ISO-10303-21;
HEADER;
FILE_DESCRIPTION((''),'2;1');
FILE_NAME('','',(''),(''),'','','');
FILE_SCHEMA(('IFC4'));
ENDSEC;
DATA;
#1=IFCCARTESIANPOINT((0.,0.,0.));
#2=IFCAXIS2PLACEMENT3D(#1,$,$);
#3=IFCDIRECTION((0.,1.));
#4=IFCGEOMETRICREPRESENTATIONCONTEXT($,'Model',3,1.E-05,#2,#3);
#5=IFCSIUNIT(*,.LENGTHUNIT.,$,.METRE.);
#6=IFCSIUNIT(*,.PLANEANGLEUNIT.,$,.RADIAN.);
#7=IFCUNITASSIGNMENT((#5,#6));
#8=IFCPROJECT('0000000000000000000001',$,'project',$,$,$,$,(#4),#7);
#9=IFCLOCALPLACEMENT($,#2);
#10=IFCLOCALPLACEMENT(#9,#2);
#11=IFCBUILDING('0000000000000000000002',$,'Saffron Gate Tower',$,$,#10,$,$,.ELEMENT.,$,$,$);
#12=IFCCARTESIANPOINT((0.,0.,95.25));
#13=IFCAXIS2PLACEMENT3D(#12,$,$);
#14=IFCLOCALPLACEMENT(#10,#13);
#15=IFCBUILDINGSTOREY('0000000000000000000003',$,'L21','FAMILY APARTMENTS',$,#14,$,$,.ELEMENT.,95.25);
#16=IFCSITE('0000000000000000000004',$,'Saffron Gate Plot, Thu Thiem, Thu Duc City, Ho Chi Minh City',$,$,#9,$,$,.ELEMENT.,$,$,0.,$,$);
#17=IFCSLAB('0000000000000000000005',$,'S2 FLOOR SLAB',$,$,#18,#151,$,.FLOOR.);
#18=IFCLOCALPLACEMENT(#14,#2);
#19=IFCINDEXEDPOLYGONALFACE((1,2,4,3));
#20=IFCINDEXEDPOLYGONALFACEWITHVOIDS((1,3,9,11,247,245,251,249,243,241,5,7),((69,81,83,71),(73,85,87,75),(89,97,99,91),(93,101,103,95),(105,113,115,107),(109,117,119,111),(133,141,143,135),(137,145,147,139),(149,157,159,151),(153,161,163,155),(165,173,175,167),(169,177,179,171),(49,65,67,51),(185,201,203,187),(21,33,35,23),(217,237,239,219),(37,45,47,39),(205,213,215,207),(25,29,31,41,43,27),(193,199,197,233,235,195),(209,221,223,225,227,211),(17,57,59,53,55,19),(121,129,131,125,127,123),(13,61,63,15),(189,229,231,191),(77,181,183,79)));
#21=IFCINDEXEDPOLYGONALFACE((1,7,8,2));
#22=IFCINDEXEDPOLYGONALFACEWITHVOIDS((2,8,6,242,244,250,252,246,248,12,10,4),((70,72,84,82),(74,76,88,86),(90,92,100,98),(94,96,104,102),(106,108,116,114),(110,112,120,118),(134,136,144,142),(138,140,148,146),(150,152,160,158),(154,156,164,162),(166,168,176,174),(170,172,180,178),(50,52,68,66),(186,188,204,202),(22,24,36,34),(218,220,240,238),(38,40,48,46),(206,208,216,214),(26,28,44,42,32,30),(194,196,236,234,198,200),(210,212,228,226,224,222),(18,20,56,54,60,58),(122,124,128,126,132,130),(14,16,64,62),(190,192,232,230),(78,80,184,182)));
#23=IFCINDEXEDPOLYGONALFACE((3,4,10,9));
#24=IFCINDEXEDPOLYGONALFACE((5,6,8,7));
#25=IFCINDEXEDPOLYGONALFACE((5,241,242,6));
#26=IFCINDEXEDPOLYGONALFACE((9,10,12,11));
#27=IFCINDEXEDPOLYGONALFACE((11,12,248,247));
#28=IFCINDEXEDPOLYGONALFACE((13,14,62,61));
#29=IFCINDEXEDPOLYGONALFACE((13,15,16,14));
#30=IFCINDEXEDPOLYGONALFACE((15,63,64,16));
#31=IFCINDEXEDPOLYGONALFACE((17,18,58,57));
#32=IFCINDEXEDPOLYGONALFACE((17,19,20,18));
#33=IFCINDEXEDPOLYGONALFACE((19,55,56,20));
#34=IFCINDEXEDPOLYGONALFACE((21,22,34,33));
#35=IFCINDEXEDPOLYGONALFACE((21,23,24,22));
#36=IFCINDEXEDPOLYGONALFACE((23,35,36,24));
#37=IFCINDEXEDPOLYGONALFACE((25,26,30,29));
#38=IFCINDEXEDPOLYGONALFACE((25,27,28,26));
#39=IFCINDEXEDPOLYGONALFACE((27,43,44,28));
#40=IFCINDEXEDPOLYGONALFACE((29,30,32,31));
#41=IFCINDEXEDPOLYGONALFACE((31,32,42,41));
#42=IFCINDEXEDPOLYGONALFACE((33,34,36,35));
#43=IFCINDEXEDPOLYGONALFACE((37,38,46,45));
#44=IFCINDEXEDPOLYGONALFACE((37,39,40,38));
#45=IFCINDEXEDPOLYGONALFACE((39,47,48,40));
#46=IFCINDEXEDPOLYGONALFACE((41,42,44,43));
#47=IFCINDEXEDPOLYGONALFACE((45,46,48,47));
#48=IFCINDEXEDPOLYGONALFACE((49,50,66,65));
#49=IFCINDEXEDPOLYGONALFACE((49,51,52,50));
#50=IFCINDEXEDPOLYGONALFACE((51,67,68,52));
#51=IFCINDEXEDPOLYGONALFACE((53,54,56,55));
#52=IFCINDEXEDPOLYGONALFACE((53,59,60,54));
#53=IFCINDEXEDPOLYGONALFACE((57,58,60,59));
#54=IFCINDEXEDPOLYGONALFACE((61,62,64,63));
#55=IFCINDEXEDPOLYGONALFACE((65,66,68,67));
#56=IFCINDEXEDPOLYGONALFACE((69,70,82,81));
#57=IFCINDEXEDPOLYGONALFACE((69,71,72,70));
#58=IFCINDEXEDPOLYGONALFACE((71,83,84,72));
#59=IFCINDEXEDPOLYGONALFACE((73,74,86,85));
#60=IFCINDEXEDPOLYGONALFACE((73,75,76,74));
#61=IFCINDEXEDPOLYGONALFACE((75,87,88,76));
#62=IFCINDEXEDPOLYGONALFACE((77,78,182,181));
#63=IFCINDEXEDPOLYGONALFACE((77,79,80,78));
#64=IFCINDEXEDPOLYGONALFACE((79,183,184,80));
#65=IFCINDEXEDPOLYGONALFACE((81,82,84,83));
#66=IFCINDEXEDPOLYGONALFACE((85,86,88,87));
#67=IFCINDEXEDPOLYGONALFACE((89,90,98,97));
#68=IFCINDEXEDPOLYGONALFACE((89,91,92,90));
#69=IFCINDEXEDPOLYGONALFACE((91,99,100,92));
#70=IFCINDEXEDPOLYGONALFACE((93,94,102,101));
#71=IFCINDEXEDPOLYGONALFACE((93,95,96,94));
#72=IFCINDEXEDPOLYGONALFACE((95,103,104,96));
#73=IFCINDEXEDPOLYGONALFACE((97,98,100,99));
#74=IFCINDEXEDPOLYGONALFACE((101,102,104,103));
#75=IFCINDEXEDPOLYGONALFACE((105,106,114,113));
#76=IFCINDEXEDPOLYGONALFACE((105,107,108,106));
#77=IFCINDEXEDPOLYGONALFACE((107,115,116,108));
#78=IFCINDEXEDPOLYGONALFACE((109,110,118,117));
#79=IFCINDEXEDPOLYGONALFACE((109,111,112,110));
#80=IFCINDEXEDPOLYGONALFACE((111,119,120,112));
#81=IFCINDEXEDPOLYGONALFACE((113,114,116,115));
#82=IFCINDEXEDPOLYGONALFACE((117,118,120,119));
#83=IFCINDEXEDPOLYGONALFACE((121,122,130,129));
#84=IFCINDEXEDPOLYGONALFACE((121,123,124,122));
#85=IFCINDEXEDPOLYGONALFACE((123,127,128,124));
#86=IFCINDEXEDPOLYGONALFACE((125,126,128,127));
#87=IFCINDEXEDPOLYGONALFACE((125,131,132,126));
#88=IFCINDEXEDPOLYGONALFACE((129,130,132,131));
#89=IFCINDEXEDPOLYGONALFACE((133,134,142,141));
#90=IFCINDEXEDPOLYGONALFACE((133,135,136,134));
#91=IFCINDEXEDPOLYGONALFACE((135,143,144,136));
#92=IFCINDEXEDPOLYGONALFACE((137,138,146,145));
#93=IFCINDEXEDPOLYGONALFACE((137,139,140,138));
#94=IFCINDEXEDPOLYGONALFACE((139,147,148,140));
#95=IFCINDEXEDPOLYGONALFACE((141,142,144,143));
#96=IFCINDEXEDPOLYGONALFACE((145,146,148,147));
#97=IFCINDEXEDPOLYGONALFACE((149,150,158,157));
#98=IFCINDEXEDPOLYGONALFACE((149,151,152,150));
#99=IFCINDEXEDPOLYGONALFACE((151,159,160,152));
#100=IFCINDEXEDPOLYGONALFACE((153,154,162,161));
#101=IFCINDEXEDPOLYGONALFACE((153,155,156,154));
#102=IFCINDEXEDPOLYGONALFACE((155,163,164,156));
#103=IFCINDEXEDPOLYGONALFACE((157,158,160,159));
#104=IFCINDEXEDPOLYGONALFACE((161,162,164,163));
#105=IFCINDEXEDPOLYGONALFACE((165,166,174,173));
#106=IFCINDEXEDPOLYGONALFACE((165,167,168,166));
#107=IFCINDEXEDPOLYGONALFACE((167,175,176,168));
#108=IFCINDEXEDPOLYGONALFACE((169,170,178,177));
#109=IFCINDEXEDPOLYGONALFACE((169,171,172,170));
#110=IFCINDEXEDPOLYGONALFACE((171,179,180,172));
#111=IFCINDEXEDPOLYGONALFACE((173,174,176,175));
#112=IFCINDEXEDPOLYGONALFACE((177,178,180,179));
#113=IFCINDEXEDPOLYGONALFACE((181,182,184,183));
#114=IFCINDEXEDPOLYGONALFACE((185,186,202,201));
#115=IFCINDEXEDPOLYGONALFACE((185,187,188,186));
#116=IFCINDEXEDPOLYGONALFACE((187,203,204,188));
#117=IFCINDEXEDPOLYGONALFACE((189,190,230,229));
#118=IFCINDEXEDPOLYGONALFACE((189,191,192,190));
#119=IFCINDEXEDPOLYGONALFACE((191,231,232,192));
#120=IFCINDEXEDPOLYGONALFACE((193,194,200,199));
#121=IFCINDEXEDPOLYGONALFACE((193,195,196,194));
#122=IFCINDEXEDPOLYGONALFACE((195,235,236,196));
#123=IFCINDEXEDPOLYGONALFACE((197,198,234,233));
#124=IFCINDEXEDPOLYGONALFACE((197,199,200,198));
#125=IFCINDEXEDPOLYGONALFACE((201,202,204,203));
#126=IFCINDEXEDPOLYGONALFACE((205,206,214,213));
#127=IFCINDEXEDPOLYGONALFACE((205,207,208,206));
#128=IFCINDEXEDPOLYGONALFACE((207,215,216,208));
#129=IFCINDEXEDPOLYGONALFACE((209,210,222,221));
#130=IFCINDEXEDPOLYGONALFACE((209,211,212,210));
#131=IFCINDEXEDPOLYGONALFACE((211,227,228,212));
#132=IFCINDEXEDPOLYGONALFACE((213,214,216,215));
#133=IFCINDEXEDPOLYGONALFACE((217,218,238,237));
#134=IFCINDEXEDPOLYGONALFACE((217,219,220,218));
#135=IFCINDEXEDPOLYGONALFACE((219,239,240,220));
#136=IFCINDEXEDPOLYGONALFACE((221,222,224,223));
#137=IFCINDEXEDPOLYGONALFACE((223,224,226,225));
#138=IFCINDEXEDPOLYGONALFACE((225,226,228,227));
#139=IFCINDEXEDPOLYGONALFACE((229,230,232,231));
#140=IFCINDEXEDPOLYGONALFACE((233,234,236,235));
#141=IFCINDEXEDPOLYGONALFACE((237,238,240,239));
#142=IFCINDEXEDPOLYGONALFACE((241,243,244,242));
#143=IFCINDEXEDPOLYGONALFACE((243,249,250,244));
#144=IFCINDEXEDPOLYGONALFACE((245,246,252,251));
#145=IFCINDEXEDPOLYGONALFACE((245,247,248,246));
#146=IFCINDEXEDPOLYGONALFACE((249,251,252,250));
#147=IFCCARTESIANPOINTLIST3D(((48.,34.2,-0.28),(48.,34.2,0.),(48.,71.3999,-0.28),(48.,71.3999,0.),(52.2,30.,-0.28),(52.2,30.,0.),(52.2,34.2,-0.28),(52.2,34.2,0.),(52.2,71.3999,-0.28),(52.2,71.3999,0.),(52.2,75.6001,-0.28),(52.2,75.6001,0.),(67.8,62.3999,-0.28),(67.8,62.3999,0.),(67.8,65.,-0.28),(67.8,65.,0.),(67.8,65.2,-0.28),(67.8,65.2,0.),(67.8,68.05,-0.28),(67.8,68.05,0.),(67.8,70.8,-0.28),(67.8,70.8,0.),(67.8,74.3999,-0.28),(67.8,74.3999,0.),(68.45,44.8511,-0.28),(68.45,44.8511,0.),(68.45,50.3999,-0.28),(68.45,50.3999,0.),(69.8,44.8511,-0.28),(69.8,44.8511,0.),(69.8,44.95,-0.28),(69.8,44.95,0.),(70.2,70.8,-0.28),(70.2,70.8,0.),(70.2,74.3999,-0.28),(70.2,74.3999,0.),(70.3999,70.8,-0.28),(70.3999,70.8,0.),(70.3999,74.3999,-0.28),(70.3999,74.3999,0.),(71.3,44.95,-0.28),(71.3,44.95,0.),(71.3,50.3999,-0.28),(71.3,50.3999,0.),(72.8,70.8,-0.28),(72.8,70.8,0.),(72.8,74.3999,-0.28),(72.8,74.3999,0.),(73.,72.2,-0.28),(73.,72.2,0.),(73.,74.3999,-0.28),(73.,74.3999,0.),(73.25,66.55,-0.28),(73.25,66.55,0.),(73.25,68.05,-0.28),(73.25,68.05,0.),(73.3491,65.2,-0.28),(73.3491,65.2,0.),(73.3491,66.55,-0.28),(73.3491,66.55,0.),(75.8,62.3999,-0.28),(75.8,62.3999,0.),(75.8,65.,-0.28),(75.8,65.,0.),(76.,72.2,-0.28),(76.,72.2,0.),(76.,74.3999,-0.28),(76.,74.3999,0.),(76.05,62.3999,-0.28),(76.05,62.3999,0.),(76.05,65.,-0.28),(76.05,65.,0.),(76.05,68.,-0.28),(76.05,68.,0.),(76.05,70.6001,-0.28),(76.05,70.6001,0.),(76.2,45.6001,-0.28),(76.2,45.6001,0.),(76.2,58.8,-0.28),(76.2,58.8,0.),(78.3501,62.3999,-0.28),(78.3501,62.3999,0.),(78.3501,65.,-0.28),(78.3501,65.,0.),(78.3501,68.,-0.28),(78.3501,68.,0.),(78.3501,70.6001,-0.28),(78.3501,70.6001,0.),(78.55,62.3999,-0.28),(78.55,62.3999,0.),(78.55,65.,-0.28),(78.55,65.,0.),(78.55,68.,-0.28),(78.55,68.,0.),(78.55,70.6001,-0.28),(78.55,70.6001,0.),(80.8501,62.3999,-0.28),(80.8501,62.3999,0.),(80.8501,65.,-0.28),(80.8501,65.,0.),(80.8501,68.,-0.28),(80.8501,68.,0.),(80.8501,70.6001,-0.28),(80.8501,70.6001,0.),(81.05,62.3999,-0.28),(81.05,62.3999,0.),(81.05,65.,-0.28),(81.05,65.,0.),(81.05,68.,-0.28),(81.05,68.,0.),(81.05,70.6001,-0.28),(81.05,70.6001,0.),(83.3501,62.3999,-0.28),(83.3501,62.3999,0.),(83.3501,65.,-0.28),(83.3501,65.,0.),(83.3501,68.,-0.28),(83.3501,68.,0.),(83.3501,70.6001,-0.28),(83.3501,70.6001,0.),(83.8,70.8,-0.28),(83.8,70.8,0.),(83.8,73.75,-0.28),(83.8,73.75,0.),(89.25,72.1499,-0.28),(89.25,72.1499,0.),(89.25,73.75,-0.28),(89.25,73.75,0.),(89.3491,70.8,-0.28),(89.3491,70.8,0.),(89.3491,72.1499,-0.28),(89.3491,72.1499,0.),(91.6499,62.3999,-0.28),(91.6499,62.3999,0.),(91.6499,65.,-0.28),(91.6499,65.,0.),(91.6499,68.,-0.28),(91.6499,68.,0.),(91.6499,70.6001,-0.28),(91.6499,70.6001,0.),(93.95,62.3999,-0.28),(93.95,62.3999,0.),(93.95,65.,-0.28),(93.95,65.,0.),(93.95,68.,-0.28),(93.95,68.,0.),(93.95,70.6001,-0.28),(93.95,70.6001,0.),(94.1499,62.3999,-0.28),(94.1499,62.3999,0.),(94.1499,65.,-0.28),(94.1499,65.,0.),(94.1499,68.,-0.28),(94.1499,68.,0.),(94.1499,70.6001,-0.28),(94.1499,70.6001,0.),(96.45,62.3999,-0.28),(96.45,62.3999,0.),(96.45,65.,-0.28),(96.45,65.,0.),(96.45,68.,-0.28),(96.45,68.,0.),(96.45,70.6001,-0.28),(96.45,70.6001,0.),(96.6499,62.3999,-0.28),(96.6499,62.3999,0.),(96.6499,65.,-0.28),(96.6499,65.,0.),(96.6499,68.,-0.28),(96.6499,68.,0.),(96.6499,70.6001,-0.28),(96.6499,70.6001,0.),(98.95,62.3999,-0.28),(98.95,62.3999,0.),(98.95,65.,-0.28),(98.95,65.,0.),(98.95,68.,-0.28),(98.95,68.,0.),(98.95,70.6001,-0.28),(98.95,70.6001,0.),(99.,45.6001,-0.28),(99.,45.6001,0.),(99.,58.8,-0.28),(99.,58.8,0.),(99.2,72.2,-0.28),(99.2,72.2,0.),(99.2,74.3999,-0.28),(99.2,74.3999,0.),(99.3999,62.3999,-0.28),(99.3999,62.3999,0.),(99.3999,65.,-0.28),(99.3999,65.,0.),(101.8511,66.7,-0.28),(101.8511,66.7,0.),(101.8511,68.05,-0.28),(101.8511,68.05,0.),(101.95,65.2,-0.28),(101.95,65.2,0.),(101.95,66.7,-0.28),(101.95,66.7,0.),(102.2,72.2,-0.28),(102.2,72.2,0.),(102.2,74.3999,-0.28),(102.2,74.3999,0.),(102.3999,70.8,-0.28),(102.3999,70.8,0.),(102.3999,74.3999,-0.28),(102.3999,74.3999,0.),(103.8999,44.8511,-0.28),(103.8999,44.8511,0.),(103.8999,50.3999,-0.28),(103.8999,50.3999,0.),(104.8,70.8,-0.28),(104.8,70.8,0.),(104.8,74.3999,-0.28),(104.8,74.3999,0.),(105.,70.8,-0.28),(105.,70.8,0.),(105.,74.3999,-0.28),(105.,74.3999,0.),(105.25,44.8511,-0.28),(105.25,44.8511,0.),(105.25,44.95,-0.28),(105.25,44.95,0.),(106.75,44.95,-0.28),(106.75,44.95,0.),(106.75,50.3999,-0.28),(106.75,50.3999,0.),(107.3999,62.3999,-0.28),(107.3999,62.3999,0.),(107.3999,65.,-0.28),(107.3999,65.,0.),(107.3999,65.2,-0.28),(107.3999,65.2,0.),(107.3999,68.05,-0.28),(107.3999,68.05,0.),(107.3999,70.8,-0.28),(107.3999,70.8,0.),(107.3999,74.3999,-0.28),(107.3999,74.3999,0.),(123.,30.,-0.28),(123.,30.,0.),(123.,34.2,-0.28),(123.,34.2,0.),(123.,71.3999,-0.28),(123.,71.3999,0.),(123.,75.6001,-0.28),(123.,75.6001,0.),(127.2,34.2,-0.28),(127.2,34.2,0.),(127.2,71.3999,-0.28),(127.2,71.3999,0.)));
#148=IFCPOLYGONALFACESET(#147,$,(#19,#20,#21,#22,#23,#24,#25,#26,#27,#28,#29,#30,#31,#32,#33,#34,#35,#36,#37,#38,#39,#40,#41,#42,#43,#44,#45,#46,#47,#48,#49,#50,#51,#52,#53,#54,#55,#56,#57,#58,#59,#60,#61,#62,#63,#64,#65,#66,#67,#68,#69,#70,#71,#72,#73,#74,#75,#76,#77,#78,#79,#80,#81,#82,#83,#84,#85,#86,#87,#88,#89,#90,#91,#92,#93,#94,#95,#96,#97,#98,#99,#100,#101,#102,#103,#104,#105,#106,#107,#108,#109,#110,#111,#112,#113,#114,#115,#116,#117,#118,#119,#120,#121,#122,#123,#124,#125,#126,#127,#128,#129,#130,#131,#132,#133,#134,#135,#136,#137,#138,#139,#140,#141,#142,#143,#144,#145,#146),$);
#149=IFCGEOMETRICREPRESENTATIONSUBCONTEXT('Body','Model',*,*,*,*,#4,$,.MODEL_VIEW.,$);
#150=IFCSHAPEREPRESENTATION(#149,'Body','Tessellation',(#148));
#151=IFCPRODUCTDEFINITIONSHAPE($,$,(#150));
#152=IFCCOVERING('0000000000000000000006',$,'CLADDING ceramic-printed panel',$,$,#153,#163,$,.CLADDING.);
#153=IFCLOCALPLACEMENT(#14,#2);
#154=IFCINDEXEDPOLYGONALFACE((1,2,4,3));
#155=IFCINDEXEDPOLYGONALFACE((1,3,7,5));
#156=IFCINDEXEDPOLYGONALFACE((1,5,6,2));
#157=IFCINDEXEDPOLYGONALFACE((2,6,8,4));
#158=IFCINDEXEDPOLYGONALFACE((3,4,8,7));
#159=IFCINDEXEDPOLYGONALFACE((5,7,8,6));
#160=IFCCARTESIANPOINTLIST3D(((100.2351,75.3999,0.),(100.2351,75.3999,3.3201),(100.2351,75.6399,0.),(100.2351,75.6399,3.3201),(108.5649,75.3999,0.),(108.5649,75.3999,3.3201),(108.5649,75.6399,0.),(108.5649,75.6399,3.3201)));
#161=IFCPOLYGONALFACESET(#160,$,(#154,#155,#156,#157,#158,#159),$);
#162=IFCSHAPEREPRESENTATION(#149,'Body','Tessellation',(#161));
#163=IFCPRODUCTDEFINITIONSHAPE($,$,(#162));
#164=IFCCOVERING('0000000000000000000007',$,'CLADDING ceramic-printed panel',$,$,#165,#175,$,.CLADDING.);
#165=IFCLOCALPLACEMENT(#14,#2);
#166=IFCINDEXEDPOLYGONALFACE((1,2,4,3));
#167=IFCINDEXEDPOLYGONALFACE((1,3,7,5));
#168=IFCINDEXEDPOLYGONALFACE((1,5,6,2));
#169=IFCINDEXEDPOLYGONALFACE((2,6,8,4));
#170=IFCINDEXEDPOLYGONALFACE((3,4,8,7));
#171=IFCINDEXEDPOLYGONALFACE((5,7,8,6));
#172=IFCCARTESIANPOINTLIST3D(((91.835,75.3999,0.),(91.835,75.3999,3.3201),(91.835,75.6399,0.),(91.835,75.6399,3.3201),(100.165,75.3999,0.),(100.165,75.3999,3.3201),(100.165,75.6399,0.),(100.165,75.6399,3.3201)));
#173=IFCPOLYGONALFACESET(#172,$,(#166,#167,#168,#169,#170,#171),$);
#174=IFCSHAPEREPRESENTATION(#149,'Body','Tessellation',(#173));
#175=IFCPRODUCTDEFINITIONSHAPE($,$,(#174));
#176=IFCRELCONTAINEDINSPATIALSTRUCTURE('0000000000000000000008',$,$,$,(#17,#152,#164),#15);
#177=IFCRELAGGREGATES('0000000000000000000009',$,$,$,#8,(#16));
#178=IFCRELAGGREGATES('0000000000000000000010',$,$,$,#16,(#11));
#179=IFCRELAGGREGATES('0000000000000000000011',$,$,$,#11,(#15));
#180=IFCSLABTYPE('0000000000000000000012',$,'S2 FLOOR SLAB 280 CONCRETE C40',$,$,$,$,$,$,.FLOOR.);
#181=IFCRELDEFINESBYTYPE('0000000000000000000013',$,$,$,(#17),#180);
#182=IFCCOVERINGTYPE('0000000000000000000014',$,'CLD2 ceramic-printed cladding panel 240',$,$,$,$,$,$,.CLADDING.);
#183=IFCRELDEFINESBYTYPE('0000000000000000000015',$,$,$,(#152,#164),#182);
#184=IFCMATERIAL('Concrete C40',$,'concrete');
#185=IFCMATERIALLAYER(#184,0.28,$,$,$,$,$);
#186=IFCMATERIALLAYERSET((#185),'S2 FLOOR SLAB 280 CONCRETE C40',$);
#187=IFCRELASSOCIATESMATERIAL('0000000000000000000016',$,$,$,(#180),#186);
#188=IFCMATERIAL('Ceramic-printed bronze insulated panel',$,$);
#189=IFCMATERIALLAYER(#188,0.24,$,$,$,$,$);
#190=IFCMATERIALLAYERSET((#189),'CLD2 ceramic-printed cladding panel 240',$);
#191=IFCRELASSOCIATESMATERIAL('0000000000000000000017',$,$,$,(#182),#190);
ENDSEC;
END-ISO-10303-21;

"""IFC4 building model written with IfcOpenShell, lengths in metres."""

from ifc_helpers import new_model, si_unit, direction, frame, origin, place, context, subcontext, project, spatial, polyline, outline, extrude, material, layer, layer_set, type_object, element, save


model = new_model("IFC4")

# Units and contexts
model_context = context("Model", 3, precision=1e-05, world=origin(), true_north=direction((0.0, 1.0)))
body_context = subcontext(model_context, "Body", "Model", "MODEL_VIEW")
ifc_project = project(units=[si_unit("LENGTHUNIT", "METRE"), si_unit("PLANEANGLEUNIT", "RADIAN")], contexts=[model_context])

# Site, building, storey
site_placement = place(None, origin())
site = spatial("IfcSite", under=ifc_project, at=site_placement, Name="Saffron Gate Plot, Thu Thiem, Thu Duc City, Ho Chi Minh City", CompositionType="ELEMENT", RefElevation=0.0)
building_placement = place(site_placement, origin())
building = spatial("IfcBuilding", under=site, at=building_placement, Name="Saffron Gate Tower", CompositionType="ELEMENT")
storey_placement = place(building_placement, frame((0.0, 0.0, 95.25)))
storey = spatial("IfcBuildingStorey", under=building, at=storey_placement, Name="L21", Description="FAMILY APARTMENTS", CompositionType="ELEMENT", Elevation=95.25)

# Slab
ifc_material_1 = material(Name="Concrete C40", Category="concrete")
ifc_layer_1 = layer(ifc_material_1, 0.28)
ifc_layer_set_1 = layer_set([ifc_layer_1], Name="S2 FLOOR SLAB 280 CONCRETE C40")
slab_type = type_object("IfcSlabType", Name="S2 FLOOR SLAB 280 CONCRETE C40", PredefinedType="FLOOR", material=ifc_layer_set_1)
slab_placement = place(storey_placement, frame((0.0, 0.0, -0.28)))
element("IfcSlab", 1, at=slab_placement, inside=storey, type_object=slab_type, Name="S2 FLOOR SLAB", PredefinedType="FLOOR", context=body_context, shape_type="SweptSolid", body=[
    extrude(outline(polyline([(48.0, 34.2), (52.2, 34.2), (52.2, 30.0), (123.0, 30.0), (123.0, 34.2), (127.2, 34.2), (127.2, 71.3999), (123.0, 71.3999), (123.0, 75.6001), (52.2, 75.6001), (52.2, 71.3999), (48.0, 71.3999), (48.0, 34.2)]), holes=[polyline([(67.8, 62.3999), (67.8, 65.0), (75.8, 65.0), (75.8, 62.3999), (67.8, 62.3999)]), polyline([(67.8, 65.2), (67.8, 68.05), (73.25, 68.05), (73.25, 66.55), (73.3491, 66.55), (73.3491, 65.2), (67.8, 65.2)]), polyline([(67.8, 70.8), (67.8, 74.3999), (70.2, 74.3999), (70.2, 70.8), (67.8, 70.8)]), polyline([(68.45, 44.8511), (68.45, 50.3999), (71.3, 50.3999), (71.3, 44.95), (69.8, 44.95), (69.8, 44.8511), (68.45, 44.8511)]), polyline([(70.3999, 70.8), (70.3999, 74.3999), (72.8, 74.3999), (72.8, 70.8), (70.3999, 70.8)]), polyline([(73.0, 72.2), (73.0, 74.3999), (76.0, 74.3999), (76.0, 72.2), (73.0, 72.2)]), polyline([(76.05, 62.3999), (76.05, 65.0), (78.3501, 65.0), (78.3501, 62.3999), (76.05, 62.3999)]), polyline([(76.05, 68.0), (76.05, 70.6001), (78.3501, 70.6001), (78.3501, 68.0), (76.05, 68.0)]), polyline([(76.2, 45.6001), (76.2, 58.8), (99.0, 58.8), (99.0, 45.6001), (76.2, 45.6001)]), polyline([(78.55, 62.3999), (78.55, 65.0), (80.8501, 65.0), (80.8501, 62.3999), (78.55, 62.3999)]), polyline([(78.55, 68.0), (78.55, 70.6001), (80.8501, 70.6001), (80.8501, 68.0), (78.55, 68.0)]), polyline([(81.05, 62.3999), (81.05, 65.0), (83.3501, 65.0), (83.3501, 62.3999), (81.05, 62.3999)]), polyline([(81.05, 68.0), (81.05, 70.6001), (83.3501, 70.6001), (83.3501, 68.0), (81.05, 68.0)]), polyline([(83.8, 70.8), (83.8, 73.75), (89.25, 73.75), (89.25, 72.1499), (89.3491, 72.1499), (89.3491, 70.8), (83.8, 70.8)]), polyline([(91.6499, 62.3999), (91.6499, 65.0), (93.95, 65.0), (93.95, 62.3999), (91.6499, 62.3999)]), polyline([(91.6499, 68.0), (91.6499, 70.6001), (93.95, 70.6001), (93.95, 68.0), (91.6499, 68.0)]), polyline([(94.1499, 62.3999), (94.1499, 65.0), (96.45, 65.0), (96.45, 62.3999), (94.1499, 62.3999)]), polyline([(94.1499, 68.0), (94.1499, 70.6001), (96.45, 70.6001), (96.45, 68.0), (94.1499, 68.0)]), polyline([(96.6499, 62.3999), (96.6499, 65.0), (98.95, 65.0), (98.95, 62.3999), (96.6499, 62.3999)]), polyline([(96.6499, 68.0), (96.6499, 70.6001), (98.95, 70.6001), (98.95, 68.0), (96.6499, 68.0)]), polyline([(99.2, 72.2), (99.2, 74.3999), (102.2, 74.3999), (102.2, 72.2), (99.2, 72.2)]), polyline([(99.3999, 62.3999), (99.3999, 65.0), (107.3999, 65.0), (107.3999, 62.3999), (99.3999, 62.3999)]), polyline([(101.8511, 66.7), (101.8511, 68.05), (107.3999, 68.05), (107.3999, 65.2), (101.95, 65.2), (101.95, 66.7), (101.8511, 66.7)]), polyline([(102.3999, 70.8), (102.3999, 74.3999), (104.8, 74.3999), (104.8, 70.8), (102.3999, 70.8)]), polyline([(103.8999, 44.8511), (103.8999, 50.3999), (106.75, 50.3999), (106.75, 44.95), (105.25, 44.95), (105.25, 44.8511), (103.8999, 44.8511)]), polyline([(105.0, 70.8), (105.0, 74.3999), (107.3999, 74.3999), (107.3999, 70.8), (105.0, 70.8)])]), origin(), (0.0, 0.0, 1.0), 0.28),
])

# Coverings
ifc_material_2 = material(Name="Ceramic-printed bronze insulated panel")
ifc_layer_2 = layer(ifc_material_2, 0.24)
ifc_layer_set_2 = layer_set([ifc_layer_2], Name="CLD2 ceramic-printed cladding panel 240")
covering_type_1 = type_object("IfcCoveringType", Name="CLD2 ceramic-printed cladding panel 240", PredefinedType="CLADDING", material=ifc_layer_set_2)
covering_1_placement = place(storey_placement, origin())
element("IfcCovering", 2, at=covering_1_placement, inside=storey, type_object=covering_type_1, Name="CLADDING ceramic-printed panel", PredefinedType="CLADDING", context=body_context, shape_type="SweptSolid", body=[
    extrude(outline(polyline([(108.5649, 75.6399), (100.2351, 75.6399), (100.2351, 75.3999), (108.5649, 75.3999), (108.5649, 75.6399)])), origin(), (0.0, 0.0, 1.0), 3.3201),
])
covering_2_placement = place(storey_placement, origin())
element("IfcCovering", 3, at=covering_2_placement, inside=storey, type_object=covering_type_1, Name="CLADDING ceramic-printed panel", PredefinedType="CLADDING", context=body_context, shape_type="SweptSolid", body=[
    extrude(outline(polyline([(100.165, 75.6399), (91.835, 75.6399), (91.835, 75.3999), (100.165, 75.3999), (100.165, 75.6399)])), origin(), (0.0, 0.0, 1.0), 3.3201),
])

save(model, "model.ifc")
